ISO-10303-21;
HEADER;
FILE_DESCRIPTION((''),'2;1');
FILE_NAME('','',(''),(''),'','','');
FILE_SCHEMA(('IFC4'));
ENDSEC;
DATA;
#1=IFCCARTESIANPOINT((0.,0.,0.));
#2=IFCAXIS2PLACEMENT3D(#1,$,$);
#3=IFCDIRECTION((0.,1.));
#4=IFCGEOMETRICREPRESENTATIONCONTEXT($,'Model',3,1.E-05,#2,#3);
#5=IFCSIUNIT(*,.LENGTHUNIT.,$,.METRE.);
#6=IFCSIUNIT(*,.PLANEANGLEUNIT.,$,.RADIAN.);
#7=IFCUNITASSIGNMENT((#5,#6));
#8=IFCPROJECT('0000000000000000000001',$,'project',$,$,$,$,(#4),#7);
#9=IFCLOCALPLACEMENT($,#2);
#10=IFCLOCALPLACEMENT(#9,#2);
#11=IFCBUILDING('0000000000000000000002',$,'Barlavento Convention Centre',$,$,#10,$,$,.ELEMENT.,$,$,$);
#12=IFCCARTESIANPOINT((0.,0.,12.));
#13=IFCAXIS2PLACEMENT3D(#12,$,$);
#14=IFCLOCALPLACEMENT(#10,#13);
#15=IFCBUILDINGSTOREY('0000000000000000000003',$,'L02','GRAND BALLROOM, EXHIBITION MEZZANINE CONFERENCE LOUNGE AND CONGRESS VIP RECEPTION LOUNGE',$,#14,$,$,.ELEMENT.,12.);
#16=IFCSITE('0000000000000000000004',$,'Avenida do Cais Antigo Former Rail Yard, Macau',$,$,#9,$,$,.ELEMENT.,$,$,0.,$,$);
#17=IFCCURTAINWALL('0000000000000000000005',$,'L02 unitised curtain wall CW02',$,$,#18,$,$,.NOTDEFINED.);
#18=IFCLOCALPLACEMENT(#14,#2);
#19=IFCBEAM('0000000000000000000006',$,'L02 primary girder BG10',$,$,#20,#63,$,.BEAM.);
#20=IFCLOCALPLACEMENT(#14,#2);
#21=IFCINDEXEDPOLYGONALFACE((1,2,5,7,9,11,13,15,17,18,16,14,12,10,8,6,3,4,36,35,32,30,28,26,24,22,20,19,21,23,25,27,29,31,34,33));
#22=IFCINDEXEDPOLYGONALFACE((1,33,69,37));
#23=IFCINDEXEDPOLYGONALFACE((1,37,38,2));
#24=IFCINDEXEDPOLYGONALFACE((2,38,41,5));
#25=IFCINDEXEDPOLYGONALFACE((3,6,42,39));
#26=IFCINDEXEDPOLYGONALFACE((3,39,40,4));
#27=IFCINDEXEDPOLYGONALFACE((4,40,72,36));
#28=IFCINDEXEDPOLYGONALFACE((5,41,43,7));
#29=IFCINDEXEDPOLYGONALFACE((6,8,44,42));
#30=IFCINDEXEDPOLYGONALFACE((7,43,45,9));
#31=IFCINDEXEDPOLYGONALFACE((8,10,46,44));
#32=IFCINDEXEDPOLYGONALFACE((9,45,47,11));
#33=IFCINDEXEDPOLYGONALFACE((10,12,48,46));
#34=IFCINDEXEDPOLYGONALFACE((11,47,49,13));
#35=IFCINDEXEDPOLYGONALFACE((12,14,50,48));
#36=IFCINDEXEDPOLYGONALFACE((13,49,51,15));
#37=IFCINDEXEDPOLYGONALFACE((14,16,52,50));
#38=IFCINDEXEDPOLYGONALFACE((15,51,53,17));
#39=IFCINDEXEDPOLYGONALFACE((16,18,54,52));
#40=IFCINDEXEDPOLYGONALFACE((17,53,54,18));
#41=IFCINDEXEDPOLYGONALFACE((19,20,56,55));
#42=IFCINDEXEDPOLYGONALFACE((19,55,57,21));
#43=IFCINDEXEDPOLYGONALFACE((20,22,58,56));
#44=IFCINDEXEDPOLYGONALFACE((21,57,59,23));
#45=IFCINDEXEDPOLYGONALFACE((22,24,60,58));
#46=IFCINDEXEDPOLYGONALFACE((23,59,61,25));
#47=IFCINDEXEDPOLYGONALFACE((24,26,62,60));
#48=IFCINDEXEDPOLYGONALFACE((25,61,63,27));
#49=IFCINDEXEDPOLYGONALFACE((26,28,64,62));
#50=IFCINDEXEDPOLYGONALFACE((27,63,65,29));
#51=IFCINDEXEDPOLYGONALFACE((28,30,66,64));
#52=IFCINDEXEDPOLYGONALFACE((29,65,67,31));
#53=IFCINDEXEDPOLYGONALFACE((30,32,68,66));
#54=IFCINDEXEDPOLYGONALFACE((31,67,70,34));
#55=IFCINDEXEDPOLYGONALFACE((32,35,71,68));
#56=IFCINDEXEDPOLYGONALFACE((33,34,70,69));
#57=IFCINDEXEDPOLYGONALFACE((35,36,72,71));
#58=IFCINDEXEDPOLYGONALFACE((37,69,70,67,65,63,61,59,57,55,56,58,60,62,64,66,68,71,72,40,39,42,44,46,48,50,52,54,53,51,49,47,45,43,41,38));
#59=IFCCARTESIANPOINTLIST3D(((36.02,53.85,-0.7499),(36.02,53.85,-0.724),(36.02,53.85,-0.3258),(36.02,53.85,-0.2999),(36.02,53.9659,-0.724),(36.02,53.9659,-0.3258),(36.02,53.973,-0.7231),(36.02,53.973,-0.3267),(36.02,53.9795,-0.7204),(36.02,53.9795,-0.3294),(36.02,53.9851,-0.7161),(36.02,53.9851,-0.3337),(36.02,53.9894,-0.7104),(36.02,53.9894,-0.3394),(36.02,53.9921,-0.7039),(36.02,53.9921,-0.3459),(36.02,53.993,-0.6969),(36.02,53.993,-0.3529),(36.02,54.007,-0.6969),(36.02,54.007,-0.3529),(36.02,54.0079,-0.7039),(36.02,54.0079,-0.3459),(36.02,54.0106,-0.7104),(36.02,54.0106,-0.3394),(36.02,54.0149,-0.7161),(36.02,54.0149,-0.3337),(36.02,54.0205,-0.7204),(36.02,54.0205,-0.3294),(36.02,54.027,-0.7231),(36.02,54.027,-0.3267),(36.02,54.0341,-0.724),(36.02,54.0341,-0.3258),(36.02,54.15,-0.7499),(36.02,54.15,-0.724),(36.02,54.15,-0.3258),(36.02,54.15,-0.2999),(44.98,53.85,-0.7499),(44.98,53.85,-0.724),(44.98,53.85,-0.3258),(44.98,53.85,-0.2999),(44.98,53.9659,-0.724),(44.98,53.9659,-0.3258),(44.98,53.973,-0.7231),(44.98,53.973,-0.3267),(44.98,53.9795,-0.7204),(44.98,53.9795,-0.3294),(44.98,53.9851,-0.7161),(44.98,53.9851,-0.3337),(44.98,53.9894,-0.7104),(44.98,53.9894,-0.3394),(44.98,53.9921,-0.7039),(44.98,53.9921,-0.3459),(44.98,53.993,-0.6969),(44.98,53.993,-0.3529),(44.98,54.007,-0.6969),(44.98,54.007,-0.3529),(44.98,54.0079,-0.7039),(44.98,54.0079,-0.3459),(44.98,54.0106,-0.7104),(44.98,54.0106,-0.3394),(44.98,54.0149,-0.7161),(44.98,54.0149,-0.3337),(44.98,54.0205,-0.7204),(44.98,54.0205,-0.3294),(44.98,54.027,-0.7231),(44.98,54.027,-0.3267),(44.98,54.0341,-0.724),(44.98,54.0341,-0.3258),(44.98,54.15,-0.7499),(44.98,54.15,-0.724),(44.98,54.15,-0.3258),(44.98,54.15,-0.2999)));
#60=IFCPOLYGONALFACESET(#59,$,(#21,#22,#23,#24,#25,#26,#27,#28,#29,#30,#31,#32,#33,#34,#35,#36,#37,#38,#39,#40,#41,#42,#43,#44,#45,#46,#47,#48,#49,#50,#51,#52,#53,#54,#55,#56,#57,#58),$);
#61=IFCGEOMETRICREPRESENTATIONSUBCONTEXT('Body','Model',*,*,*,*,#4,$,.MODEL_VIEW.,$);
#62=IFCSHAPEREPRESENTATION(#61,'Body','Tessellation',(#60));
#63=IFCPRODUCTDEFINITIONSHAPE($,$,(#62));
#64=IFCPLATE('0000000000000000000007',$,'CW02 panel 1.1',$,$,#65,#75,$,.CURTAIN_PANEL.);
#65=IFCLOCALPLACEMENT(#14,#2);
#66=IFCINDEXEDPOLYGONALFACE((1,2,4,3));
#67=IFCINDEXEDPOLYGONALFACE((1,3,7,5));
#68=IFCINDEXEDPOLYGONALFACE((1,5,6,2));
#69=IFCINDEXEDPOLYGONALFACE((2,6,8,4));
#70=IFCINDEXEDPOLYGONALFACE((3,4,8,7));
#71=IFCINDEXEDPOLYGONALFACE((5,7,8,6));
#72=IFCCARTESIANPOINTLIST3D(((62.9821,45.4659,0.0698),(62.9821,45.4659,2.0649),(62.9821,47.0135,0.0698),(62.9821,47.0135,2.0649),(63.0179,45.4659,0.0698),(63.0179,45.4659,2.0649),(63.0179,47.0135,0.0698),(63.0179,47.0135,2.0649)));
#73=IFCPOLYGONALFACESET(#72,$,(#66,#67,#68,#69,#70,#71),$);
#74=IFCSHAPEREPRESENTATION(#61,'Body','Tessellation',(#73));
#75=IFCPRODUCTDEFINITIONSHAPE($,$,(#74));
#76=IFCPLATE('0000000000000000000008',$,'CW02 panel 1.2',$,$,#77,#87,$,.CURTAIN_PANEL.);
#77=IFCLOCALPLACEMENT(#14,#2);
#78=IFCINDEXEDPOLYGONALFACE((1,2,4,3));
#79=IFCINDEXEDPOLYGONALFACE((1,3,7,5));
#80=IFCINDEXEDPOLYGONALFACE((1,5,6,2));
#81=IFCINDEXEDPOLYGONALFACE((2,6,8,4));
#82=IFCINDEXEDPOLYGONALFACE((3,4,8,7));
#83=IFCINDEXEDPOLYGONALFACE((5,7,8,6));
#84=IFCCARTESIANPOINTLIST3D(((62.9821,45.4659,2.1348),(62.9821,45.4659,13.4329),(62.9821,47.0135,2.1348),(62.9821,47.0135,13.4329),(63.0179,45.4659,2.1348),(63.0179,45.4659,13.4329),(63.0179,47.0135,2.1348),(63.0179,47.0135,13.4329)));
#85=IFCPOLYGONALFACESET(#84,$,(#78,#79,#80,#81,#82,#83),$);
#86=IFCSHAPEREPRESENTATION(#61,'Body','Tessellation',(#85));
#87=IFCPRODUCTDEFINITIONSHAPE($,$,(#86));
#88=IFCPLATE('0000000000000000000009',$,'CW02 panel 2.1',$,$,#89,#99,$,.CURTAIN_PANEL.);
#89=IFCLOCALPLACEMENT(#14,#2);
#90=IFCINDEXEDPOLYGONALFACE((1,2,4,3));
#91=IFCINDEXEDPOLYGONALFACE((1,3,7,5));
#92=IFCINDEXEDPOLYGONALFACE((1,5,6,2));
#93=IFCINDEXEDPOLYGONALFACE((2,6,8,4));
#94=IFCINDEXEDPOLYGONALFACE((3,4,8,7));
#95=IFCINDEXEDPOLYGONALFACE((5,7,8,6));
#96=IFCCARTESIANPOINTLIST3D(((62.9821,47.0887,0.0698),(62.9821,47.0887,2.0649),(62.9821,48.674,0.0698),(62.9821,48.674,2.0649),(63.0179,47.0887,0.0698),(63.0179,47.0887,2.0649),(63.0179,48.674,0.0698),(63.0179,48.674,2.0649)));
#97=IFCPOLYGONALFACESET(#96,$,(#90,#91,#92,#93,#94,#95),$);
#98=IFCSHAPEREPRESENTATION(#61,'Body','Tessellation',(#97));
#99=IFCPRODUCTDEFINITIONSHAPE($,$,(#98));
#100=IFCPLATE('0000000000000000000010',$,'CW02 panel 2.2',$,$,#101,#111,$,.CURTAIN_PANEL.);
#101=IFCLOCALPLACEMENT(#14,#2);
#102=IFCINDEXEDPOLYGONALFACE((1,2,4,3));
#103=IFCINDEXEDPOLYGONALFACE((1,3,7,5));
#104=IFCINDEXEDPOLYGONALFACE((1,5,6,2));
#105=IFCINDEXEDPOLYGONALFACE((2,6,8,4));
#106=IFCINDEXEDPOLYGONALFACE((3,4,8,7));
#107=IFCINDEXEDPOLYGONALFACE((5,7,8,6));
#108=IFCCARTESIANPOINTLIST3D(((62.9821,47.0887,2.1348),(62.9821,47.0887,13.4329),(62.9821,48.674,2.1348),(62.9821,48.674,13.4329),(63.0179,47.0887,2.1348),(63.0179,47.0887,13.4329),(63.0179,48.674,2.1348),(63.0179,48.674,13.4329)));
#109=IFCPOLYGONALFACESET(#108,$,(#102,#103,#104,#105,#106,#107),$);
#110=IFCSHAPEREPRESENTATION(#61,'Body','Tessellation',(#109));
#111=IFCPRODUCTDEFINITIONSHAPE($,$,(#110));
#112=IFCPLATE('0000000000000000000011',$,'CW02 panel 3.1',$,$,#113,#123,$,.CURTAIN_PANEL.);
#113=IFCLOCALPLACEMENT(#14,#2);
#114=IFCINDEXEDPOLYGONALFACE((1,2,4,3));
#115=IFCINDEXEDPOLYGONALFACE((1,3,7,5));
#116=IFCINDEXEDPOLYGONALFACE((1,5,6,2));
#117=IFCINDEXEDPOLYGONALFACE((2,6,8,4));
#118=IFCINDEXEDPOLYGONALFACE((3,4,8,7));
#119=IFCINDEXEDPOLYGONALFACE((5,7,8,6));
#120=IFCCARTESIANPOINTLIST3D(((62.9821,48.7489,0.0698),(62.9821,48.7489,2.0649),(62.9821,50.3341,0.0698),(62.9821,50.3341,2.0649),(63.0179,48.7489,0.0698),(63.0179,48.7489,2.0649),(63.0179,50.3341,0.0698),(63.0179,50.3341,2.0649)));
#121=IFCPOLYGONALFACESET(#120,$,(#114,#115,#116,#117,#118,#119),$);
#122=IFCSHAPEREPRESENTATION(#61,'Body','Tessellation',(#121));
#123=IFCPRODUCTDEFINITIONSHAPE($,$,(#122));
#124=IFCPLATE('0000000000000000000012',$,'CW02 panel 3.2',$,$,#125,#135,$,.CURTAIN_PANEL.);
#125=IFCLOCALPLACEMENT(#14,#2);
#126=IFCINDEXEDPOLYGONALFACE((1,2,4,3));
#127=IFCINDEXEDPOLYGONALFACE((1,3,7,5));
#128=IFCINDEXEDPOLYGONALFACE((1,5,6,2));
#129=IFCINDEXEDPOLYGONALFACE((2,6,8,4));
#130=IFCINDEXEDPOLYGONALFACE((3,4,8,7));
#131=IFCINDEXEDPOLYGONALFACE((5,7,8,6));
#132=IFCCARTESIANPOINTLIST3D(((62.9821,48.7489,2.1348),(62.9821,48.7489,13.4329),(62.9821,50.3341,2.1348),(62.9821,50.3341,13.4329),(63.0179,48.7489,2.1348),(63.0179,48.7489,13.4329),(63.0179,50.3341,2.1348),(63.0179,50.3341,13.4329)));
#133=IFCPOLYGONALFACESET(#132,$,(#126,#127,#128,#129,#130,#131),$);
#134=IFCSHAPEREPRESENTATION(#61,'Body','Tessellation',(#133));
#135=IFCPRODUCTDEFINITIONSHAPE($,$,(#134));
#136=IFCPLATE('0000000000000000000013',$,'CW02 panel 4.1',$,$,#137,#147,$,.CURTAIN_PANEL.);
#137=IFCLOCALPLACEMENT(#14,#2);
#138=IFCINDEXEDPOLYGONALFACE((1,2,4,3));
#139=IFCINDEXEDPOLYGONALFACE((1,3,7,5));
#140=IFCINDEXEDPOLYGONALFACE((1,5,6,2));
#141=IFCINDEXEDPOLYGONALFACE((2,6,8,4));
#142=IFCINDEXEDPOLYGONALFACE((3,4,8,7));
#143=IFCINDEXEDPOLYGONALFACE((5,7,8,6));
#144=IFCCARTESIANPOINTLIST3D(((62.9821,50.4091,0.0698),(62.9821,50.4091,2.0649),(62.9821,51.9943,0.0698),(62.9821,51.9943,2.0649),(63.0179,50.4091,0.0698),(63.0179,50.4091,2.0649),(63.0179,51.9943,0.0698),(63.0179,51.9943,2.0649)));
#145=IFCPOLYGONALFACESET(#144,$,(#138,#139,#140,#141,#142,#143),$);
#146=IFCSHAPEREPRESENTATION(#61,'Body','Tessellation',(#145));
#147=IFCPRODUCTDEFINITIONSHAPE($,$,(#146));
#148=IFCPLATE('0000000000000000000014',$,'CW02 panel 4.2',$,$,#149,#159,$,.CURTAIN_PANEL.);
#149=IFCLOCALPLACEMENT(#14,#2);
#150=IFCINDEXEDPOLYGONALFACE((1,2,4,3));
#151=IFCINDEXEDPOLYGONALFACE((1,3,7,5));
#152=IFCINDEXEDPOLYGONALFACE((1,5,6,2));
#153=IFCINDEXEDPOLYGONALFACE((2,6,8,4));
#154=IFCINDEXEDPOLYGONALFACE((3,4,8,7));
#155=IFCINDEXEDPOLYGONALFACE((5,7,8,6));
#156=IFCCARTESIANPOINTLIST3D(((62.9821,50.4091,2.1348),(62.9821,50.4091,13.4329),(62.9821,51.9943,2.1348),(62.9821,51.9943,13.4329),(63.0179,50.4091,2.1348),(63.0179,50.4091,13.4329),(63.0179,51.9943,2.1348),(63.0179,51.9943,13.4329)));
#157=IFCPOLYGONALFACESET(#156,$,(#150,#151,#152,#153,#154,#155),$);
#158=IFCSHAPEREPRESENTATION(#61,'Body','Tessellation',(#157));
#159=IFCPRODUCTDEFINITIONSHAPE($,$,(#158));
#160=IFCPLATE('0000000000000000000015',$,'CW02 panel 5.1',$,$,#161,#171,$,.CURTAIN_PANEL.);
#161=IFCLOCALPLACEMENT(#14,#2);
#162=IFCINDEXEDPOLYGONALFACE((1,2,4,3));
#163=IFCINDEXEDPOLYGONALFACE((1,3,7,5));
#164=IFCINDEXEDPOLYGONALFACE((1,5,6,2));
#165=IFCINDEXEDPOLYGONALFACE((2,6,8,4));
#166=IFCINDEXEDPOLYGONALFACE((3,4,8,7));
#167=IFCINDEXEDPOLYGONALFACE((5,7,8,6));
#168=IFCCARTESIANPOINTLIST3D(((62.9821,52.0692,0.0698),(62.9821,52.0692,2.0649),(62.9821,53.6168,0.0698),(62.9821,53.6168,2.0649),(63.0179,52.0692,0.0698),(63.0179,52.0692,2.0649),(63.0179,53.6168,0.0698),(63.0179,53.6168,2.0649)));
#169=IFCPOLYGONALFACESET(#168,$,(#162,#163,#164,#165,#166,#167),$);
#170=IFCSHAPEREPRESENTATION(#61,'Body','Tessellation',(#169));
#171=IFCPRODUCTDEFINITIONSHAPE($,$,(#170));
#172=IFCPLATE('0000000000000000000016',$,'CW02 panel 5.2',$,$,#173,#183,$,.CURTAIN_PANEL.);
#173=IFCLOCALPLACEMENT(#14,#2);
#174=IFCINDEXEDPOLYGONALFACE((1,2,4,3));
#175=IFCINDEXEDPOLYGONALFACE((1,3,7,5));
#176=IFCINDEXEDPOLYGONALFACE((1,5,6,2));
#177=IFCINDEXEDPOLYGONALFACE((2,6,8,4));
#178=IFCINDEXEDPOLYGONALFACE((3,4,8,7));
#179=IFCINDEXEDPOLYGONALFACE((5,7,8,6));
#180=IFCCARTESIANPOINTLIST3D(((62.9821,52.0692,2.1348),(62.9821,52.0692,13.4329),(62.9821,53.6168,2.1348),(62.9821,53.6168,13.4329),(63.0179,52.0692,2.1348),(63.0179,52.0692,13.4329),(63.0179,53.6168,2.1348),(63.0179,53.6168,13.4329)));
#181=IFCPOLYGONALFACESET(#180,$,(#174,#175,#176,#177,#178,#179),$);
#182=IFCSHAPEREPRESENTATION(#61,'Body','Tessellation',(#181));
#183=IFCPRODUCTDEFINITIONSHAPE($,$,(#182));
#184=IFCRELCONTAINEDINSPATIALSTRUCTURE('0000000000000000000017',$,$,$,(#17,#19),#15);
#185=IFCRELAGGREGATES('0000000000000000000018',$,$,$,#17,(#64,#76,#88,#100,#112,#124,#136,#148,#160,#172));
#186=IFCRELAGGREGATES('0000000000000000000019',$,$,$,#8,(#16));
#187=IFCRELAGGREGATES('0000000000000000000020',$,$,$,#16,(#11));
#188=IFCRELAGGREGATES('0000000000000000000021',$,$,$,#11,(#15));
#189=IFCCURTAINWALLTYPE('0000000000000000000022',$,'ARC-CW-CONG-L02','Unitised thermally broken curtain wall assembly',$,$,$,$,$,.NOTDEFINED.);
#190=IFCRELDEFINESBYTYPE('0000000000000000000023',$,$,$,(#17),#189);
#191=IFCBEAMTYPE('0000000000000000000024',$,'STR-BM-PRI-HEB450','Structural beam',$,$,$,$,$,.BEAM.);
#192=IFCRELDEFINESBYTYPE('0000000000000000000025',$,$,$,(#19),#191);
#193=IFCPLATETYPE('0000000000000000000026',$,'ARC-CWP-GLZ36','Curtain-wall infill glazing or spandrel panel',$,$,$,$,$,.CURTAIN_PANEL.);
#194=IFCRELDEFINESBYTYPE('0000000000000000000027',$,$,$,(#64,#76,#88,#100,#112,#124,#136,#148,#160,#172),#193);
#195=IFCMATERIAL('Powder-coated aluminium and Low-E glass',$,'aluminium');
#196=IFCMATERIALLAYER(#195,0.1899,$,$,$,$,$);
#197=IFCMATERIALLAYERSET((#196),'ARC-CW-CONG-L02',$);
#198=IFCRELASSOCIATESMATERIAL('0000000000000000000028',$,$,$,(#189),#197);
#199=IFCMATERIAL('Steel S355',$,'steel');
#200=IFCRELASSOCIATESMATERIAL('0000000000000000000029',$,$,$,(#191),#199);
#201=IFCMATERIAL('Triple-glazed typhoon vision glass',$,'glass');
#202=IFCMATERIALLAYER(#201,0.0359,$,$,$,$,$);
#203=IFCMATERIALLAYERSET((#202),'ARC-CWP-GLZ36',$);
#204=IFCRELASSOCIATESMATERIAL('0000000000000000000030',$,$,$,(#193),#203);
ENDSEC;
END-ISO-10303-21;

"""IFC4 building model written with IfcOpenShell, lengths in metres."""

from ifc_helpers import new_model, si_unit, direction, frame, origin, origin_2d, place, context, subcontext, project, spatial, rectangle, i_section, extrude, material, layer, layer_set, material_profile, profile_set, type_object, element, aggregate, save


model = new_model("IFC4")

# Units and contexts
model_context = context("Model", 3, precision=1e-05, world=origin(), true_north=direction((0.0, 1.0)))
body_context = subcontext(model_context, "Body", "Model", "MODEL_VIEW")
ifc_project = project(units=[si_unit("LENGTHUNIT", "METRE"), si_unit("PLANEANGLEUNIT", "RADIAN")], contexts=[model_context])

# Site, building, storey
site_placement = place(None, origin())
site = spatial("IfcSite", under=ifc_project, at=site_placement, Name="Avenida do Cais Antigo Former Rail Yard, Macau", CompositionType="ELEMENT", RefElevation=0.0)
building_placement = place(site_placement, origin())
building = spatial("IfcBuilding", under=site, at=building_placement, Name="Barlavento Convention Centre", CompositionType="ELEMENT")
storey_placement = place(building_placement, frame((0.0, 0.0, 12.0)))
storey = spatial("IfcBuildingStorey", under=building, at=storey_placement, Name="L02", Description="GRAND BALLROOM, EXHIBITION MEZZANINE CONFERENCE LOUNGE AND CONGRESS VIP RECEPTION LOUNGE", CompositionType="ELEMENT", Elevation=12.0)

# Shared definitions
ifc_material_1 = material(Name="Steel S355", Category="steel")

# Curtain wall
ifc_material_2 = material(Name="Powder-coated aluminium and Low-E glass", Category="aluminium")
ifc_layer_1 = layer(ifc_material_2, 0.1899)
ifc_layer_set_1 = layer_set([ifc_layer_1], Name="ARC-CW-CONG-L02")
curtain_wall_type = type_object("IfcCurtainWallType", Name="ARC-CW-CONG-L02", Description="Unitised thermally broken curtain wall assembly", PredefinedType="NOTDEFINED", material=ifc_layer_set_1)
curtain_wall_placement = place(storey_placement, origin())
curtain_wall = element("IfcCurtainWall", 1, at=curtain_wall_placement, inside=storey, type_object=curtain_wall_type, Name="L02 unitised curtain wall CW02", PredefinedType="NOTDEFINED")

# Beam
ifc_material_profile_1 = material_profile(ifc_material_1, i_section(OverallWidth=0.3, OverallDepth=0.45, WebThickness=0.0139, FlangeThickness=0.0259, FilletRadius=0.0271, at=origin_2d()), Name="HEB 450")
ifc_profile_set_1 = profile_set([ifc_material_profile_1], Name="Steel S355")
beam_type_1 = type_object("IfcBeamType", Name="STR-BM-PRI-HEB450", Description="Structural beam", PredefinedType="BEAM", material=ifc_profile_set_1)
beam_1_placement = place(storey_placement, frame((36.02, 54.0, -0.5249), z_axis=(1.0, 0.0, 0.0), x_axis=(0.0, 1.0, 0.0)))
element("IfcBeam", 2, at=beam_1_placement, inside=storey, type_object=beam_type_1, Name="L02 primary girder BG10", PredefinedType="BEAM", context=body_context, shape_type="SweptSolid", body=[
    extrude(i_section(OverallWidth=0.3, OverallDepth=0.45, WebThickness=0.0139, FlangeThickness=0.0259, FilletRadius=0.0271, at=origin_2d()), origin(), (0.0, 0.0, 1.0), 8.96),
])

# Plates
ifc_material_3 = material(Name="Triple-glazed typhoon vision glass", Category="glass")
ifc_layer_2 = layer(ifc_material_3, 0.0359)
ifc_layer_set_2 = layer_set([ifc_layer_2], Name="ARC-CWP-GLZ36")
plate_type = type_object("IfcPlateType", Name="ARC-CWP-GLZ36", Description="Curtain-wall infill glazing or spandrel panel", PredefinedType="CURTAIN_PANEL", material=ifc_layer_set_2)
plate_1_placement = place(storey_placement, frame((63.0, 46.2397, 0.0698), z_axis=(0.0, 0.0, 1.0), x_axis=(0.0, 1.0, 0.0)))
plate_1 = element("IfcPlate", 3, at=plate_1_placement, type_object=plate_type, Name="CW02 panel 1.1", PredefinedType="CURTAIN_PANEL", context=body_context, shape_type="SweptSolid", body=[
    extrude(rectangle(XDim=1.5476, YDim=0.0359, at=origin_2d()), origin(), (0.0, 0.0, 1.0), 1.9951),
])
plate_2_placement = place(storey_placement, frame((63.0, 46.2397, 2.1348), z_axis=(0.0, 0.0, 1.0), x_axis=(0.0, 1.0, 0.0)))
plate_2 = element("IfcPlate", 4, at=plate_2_placement, type_object=plate_type, Name="CW02 panel 1.2", PredefinedType="CURTAIN_PANEL", context=body_context, shape_type="SweptSolid", body=[
    extrude(rectangle(XDim=1.5476, YDim=0.0359, at=origin_2d()), origin(), (0.0, 0.0, 1.0), 11.2981),
])
plate_3_placement = place(storey_placement, frame((63.0, 47.8813, 0.0698), z_axis=(0.0, 0.0, 1.0), x_axis=(0.0, 1.0, 0.0)))
plate_3 = element("IfcPlate", 5, at=plate_3_placement, type_object=plate_type, Name="CW02 panel 2.1", PredefinedType="CURTAIN_PANEL", context=body_context, shape_type="SweptSolid", body=[
    extrude(rectangle(XDim=1.5852, YDim=0.0359, at=origin_2d()), origin(), (0.0, 0.0, 1.0), 1.9951),
])
plate_4_placement = place(storey_placement, frame((63.0, 47.8813, 2.1348), z_axis=(0.0, 0.0, 1.0), x_axis=(0.0, 1.0, 0.0)))
plate_4 = element("IfcPlate", 6, at=plate_4_placement, type_object=plate_type, Name="CW02 panel 2.2", PredefinedType="CURTAIN_PANEL", context=body_context, shape_type="SweptSolid", body=[
    extrude(rectangle(XDim=1.5852, YDim=0.0359, at=origin_2d()), origin(), (0.0, 0.0, 1.0), 11.2981),
])
plate_5_placement = place(storey_placement, frame((63.0, 49.5415, 0.0698), z_axis=(0.0, 0.0, 1.0), x_axis=(0.0, 1.0, 0.0)))
plate_5 = element("IfcPlate", 7, at=plate_5_placement, type_object=plate_type, Name="CW02 panel 3.1", PredefinedType="CURTAIN_PANEL", context=body_context, shape_type="SweptSolid", body=[
    extrude(rectangle(XDim=1.5852, YDim=0.0359, at=origin_2d()), origin(), (0.0, 0.0, 1.0), 1.9951),
])
plate_6_placement = place(storey_placement, frame((63.0, 49.5415, 2.1348), z_axis=(0.0, 0.0, 1.0), x_axis=(0.0, 1.0, 0.0)))
plate_6 = element("IfcPlate", 8, at=plate_6_placement, type_object=plate_type, Name="CW02 panel 3.2", PredefinedType="CURTAIN_PANEL", context=body_context, shape_type="SweptSolid", body=[
    extrude(rectangle(XDim=1.5852, YDim=0.0359, at=origin_2d()), origin(), (0.0, 0.0, 1.0), 11.2981),
])
plate_7_placement = place(storey_placement, frame((63.0, 51.2017, 0.0698), z_axis=(0.0, 0.0, 1.0), x_axis=(0.0, 1.0, 0.0)))
plate_7 = element("IfcPlate", 9, at=plate_7_placement, type_object=plate_type, Name="CW02 panel 4.1", PredefinedType="CURTAIN_PANEL", context=body_context, shape_type="SweptSolid", body=[
    extrude(rectangle(XDim=1.5852, YDim=0.0359, at=origin_2d()), origin(), (0.0, 0.0, 1.0), 1.9951),
])
plate_8_placement = place(storey_placement, frame((63.0, 51.2017, 2.1348), z_axis=(0.0, 0.0, 1.0), x_axis=(0.0, 1.0, 0.0)))
plate_8 = element("IfcPlate", 10, at=plate_8_placement, type_object=plate_type, Name="CW02 panel 4.2", PredefinedType="CURTAIN_PANEL", context=body_context, shape_type="SweptSolid", body=[
    extrude(rectangle(XDim=1.5852, YDim=0.0359, at=origin_2d()), origin(), (0.0, 0.0, 1.0), 11.2981),
])
plate_9_placement = place(storey_placement, frame((63.0, 52.843, 0.0698), z_axis=(0.0, 0.0, 1.0), x_axis=(0.0, 1.0, 0.0)))
plate_9 = element("IfcPlate", 11, at=plate_9_placement, type_object=plate_type, Name="CW02 panel 5.1", PredefinedType="CURTAIN_PANEL", context=body_context, shape_type="SweptSolid", body=[
    extrude(rectangle(XDim=1.5476, YDim=0.0359, at=origin_2d()), origin(), (0.0, 0.0, 1.0), 1.9951),
])
plate_10_placement = place(storey_placement, frame((63.0, 52.843, 2.1348), z_axis=(0.0, 0.0, 1.0), x_axis=(0.0, 1.0, 0.0)))
plate_10 = element("IfcPlate", 12, at=plate_10_placement, type_object=plate_type, Name="CW02 panel 5.2", PredefinedType="CURTAIN_PANEL", context=body_context, shape_type="SweptSolid", body=[
    extrude(rectangle(XDim=1.5476, YDim=0.0359, at=origin_2d()), origin(), (0.0, 0.0, 1.0), 11.2981),
])
aggregate(curtain_wall, [plate_1, plate_2, plate_3, plate_4, plate_5, plate_6, plate_7, plate_8, plate_9, plate_10])

save(model, "model.ifc")
